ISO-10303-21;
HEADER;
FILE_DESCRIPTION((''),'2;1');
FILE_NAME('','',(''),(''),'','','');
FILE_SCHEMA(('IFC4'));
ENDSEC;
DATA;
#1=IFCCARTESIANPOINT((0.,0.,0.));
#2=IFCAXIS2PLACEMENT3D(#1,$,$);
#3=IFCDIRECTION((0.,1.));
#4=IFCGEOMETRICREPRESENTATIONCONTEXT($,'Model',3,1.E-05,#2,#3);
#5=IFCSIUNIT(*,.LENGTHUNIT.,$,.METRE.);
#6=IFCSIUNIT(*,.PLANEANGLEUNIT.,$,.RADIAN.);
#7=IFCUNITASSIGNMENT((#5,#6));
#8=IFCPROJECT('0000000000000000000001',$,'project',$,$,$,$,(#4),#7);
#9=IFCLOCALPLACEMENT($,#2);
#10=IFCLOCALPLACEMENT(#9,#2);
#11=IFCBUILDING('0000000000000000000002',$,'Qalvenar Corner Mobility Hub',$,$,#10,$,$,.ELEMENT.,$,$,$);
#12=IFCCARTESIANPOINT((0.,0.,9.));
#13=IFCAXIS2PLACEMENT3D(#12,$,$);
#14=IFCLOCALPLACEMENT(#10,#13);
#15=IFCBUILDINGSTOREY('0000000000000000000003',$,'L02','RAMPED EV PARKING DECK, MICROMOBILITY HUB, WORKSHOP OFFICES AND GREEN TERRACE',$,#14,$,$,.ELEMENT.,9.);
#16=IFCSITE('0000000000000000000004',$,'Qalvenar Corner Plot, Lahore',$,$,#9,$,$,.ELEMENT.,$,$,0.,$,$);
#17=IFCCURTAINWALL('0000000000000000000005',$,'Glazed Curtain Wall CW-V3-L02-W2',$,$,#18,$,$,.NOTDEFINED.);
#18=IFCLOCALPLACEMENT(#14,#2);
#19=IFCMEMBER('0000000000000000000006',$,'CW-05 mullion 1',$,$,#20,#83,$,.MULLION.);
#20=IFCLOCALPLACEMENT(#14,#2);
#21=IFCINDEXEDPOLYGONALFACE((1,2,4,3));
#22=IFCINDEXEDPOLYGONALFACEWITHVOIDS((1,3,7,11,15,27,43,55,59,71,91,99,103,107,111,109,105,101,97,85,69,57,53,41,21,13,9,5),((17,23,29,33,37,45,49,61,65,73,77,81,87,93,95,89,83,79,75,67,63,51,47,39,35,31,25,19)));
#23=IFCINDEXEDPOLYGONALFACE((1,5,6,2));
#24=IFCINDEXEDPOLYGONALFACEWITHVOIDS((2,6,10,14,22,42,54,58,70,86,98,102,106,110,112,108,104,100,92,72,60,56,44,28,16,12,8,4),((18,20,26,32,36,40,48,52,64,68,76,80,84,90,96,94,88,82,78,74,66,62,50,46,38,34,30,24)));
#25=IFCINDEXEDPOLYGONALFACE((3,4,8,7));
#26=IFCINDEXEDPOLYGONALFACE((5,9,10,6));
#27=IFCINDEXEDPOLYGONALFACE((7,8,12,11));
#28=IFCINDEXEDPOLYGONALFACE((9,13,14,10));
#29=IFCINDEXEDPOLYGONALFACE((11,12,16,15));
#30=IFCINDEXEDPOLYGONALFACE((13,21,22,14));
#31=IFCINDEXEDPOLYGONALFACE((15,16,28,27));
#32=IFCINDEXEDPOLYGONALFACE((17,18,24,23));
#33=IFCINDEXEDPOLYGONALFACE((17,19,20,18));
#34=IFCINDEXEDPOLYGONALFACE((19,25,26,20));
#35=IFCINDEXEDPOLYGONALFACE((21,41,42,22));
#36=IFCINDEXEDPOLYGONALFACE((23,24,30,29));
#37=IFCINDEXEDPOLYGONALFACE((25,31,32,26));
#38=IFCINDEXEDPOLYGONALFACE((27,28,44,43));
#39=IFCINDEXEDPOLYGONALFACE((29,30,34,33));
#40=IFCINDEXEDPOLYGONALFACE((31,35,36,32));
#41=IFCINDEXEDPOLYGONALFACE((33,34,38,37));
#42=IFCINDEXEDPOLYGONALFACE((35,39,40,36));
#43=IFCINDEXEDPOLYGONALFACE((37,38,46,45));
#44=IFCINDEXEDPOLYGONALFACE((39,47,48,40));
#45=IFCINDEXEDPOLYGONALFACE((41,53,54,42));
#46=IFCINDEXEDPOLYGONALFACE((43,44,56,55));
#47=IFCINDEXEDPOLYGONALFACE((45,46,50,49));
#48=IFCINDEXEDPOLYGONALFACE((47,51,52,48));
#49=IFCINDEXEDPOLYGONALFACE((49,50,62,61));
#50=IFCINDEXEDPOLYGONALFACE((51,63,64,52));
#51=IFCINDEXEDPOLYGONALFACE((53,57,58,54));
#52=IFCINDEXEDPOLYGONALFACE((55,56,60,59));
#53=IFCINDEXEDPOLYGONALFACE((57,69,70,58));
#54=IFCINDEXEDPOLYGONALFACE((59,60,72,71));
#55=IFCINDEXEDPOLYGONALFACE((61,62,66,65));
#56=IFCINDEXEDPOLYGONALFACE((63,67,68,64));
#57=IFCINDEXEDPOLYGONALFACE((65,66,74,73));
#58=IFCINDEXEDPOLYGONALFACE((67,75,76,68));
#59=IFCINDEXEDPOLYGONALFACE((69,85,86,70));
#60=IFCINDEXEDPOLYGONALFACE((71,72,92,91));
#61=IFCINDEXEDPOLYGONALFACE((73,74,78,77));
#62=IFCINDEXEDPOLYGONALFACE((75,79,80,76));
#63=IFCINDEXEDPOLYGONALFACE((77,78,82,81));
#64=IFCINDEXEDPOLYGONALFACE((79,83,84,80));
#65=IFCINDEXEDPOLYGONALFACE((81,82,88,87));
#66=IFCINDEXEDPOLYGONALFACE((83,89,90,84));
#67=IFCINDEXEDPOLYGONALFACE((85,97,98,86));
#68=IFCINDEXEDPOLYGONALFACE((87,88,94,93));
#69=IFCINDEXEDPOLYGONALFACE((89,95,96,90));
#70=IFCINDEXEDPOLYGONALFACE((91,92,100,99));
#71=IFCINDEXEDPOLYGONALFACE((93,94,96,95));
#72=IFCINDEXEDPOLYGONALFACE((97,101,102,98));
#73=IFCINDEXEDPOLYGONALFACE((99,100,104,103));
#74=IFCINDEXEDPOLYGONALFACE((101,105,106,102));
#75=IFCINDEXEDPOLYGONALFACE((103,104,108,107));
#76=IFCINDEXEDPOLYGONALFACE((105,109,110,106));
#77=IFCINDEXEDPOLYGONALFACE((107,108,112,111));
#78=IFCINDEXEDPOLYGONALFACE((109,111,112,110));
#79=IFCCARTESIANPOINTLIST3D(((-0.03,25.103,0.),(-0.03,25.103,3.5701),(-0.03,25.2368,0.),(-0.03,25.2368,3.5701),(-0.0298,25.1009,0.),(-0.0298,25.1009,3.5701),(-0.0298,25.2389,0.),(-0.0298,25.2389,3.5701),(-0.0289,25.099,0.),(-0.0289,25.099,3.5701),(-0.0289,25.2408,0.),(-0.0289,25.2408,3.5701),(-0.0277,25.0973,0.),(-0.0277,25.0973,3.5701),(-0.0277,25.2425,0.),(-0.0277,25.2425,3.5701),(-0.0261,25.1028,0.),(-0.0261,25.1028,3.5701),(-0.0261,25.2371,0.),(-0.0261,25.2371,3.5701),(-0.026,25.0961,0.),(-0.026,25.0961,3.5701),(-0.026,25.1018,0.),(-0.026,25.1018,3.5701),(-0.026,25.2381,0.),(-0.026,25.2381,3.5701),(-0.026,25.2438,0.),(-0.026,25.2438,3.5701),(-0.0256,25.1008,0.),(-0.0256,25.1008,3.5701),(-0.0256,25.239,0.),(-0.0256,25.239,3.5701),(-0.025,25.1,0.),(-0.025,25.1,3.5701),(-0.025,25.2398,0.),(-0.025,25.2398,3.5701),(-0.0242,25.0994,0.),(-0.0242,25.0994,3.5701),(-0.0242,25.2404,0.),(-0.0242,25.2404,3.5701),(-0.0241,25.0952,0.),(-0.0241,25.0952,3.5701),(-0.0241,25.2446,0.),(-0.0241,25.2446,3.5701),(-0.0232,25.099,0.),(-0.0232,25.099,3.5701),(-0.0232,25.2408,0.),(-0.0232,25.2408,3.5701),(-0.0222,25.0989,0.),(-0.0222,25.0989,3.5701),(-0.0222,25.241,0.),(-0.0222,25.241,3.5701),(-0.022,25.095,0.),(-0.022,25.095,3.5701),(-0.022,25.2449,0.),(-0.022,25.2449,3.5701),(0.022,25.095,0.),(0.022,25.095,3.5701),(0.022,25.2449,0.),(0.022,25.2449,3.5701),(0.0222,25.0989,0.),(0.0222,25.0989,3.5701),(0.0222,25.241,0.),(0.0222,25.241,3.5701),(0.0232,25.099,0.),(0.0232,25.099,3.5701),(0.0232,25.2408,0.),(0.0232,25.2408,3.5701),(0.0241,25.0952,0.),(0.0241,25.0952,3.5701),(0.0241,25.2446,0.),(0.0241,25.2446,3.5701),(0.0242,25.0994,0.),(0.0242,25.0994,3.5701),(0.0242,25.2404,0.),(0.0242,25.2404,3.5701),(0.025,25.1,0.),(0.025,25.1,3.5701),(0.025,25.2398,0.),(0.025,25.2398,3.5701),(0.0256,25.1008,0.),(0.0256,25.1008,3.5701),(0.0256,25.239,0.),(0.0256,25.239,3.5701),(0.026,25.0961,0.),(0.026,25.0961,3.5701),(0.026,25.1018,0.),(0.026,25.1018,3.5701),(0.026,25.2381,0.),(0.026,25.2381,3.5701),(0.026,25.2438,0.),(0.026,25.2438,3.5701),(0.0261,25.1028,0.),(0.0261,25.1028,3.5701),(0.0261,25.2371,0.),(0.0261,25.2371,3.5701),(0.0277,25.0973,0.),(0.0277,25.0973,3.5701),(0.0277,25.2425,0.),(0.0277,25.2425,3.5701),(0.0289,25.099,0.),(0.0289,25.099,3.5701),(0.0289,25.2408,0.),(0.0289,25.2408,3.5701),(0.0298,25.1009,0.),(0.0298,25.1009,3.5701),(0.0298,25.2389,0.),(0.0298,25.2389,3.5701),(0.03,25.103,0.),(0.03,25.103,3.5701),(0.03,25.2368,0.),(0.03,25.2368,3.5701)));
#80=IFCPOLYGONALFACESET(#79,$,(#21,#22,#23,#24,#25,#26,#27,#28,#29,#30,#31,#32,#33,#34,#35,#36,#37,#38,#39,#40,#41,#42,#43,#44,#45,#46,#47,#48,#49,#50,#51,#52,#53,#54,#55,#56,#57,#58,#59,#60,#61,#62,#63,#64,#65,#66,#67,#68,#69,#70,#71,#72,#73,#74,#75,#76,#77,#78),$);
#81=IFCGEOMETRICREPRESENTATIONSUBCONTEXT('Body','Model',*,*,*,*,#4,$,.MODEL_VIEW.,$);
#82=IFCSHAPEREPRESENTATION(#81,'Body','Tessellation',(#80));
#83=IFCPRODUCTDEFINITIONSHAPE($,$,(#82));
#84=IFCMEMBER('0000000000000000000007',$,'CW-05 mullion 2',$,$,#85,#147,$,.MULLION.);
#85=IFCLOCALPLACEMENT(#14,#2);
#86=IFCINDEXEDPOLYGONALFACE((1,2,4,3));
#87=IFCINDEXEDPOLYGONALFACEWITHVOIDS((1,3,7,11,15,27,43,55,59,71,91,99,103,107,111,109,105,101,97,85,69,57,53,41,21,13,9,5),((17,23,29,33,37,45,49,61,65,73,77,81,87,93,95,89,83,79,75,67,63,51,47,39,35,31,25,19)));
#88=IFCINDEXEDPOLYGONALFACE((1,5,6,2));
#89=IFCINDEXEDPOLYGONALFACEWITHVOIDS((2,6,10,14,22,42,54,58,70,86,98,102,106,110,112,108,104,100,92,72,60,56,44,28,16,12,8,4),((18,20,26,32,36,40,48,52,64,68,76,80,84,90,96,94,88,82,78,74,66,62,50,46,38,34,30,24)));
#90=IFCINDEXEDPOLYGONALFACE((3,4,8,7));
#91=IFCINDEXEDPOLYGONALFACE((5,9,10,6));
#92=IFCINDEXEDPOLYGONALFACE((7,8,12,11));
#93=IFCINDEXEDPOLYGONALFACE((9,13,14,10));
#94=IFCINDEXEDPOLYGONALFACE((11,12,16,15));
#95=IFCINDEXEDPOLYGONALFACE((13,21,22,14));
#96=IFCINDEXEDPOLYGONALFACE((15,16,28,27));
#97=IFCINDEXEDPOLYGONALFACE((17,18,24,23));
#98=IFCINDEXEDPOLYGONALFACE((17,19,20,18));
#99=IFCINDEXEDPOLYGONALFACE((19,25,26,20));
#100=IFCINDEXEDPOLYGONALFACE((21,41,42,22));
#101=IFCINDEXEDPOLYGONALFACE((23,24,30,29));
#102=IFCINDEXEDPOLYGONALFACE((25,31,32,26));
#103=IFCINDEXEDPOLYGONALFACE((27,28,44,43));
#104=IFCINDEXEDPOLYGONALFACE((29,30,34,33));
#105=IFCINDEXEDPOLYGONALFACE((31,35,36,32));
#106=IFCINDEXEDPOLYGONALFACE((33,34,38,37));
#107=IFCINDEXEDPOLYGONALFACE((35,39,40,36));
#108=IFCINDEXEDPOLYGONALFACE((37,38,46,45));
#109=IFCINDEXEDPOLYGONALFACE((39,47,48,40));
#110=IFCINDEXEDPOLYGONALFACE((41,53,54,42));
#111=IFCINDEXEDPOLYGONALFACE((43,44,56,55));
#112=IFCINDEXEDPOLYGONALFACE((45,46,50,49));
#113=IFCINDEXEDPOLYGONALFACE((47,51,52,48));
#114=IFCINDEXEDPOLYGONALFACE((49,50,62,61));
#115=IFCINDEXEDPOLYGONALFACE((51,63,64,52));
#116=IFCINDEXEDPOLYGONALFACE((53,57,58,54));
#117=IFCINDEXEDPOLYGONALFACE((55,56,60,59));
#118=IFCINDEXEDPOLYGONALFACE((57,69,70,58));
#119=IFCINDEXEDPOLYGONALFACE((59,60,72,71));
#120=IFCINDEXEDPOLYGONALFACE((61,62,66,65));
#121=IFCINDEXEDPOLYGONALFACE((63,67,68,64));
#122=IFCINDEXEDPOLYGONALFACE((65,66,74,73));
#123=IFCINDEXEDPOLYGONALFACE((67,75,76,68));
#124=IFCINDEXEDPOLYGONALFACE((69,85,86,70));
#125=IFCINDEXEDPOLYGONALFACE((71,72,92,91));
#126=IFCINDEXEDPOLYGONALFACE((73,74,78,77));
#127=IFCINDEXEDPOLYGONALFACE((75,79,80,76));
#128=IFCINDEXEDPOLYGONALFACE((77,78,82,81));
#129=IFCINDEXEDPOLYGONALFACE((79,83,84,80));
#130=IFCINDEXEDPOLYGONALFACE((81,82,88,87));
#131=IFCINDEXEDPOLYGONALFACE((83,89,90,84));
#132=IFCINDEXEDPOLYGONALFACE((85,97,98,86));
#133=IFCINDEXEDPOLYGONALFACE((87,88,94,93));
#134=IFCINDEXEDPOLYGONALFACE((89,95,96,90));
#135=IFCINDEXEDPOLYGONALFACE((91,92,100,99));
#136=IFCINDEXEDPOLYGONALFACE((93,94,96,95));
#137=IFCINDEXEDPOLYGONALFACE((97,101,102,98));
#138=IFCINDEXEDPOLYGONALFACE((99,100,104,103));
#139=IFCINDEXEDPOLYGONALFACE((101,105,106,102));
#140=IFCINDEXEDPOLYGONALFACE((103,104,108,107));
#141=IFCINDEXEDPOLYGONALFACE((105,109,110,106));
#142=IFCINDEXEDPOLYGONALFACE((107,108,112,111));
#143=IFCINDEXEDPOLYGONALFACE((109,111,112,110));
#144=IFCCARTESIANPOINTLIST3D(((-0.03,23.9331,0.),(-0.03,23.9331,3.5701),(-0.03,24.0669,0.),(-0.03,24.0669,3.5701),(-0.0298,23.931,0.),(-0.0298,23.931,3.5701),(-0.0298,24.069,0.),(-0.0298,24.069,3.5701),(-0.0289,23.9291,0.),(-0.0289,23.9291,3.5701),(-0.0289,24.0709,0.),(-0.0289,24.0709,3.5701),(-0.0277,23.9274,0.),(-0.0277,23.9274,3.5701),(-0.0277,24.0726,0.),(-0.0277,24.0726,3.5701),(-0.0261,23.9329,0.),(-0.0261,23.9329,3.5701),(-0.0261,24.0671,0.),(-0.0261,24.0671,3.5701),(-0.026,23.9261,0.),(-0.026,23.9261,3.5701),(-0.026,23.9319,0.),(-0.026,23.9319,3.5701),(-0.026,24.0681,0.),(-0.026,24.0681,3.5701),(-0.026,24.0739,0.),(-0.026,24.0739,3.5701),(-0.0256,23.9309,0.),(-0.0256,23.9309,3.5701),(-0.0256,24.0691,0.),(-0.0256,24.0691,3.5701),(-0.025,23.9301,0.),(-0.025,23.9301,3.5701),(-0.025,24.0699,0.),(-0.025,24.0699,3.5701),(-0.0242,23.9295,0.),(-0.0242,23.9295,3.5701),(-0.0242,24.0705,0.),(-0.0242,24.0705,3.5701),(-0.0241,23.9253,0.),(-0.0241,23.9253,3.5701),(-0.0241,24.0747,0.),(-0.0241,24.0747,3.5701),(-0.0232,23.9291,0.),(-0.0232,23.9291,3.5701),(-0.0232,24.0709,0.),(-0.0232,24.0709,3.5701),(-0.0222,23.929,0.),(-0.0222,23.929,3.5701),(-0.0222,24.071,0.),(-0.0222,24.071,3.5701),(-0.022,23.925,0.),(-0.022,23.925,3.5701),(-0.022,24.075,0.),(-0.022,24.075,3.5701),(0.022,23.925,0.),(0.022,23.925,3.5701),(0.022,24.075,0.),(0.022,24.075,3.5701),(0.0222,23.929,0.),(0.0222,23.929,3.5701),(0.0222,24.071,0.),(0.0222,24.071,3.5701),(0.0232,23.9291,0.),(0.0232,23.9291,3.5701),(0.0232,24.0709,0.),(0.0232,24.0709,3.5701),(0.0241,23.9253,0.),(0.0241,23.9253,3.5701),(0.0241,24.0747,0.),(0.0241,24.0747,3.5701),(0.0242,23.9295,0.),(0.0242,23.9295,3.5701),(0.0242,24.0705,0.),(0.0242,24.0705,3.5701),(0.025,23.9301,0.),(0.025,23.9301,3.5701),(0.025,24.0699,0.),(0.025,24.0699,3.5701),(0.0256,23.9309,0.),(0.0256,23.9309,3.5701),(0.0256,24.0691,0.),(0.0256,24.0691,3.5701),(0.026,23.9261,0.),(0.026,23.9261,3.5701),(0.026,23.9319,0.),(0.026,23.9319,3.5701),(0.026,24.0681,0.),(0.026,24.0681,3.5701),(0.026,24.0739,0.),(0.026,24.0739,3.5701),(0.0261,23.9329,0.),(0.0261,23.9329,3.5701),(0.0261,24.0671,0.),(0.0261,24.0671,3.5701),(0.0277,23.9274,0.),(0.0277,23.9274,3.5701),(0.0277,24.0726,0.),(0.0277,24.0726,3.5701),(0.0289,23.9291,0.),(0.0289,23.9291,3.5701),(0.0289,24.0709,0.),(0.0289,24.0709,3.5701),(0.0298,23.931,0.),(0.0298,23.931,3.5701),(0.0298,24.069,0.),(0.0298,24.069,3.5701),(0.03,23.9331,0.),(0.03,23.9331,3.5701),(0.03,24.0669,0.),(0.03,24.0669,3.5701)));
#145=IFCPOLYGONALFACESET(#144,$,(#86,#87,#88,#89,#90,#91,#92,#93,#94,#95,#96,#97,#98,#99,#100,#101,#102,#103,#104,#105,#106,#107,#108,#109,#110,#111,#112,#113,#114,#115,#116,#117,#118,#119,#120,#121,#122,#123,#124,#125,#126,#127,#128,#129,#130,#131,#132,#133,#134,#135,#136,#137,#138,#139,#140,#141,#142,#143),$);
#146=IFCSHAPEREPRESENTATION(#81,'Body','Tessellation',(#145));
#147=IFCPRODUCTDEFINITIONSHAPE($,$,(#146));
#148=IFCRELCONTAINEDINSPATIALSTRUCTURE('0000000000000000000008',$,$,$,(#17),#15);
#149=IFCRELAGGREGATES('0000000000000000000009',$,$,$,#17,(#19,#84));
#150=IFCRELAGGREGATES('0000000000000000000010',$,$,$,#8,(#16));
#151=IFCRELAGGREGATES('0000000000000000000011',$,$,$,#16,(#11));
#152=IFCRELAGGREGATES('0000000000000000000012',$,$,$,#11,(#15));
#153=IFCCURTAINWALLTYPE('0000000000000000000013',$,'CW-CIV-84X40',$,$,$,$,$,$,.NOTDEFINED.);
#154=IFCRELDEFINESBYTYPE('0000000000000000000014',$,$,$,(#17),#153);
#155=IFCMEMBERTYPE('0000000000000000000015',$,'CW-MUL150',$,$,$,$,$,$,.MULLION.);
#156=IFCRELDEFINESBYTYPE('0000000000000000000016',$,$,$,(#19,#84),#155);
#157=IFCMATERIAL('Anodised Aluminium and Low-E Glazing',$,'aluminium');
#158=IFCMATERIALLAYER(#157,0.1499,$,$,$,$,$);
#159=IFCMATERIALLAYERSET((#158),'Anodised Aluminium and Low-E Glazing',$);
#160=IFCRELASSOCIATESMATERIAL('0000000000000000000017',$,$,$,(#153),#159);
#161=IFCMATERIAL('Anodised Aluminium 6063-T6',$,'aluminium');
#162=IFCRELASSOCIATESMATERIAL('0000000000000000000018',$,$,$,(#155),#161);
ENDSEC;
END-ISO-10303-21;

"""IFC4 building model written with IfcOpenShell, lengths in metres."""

from ifc_helpers import new_model, si_unit, direction, frame, origin, origin_2d, place, context, subcontext, project, spatial, hollow_rectangle, extrude, material, layer, layer_set, material_profile, profile_set, type_object, element, aggregate, save


model = new_model("IFC4")

# Units and contexts
model_context = context("Model", 3, precision=1e-05, world=origin(), true_north=direction((0.0, 1.0)))
body_context = subcontext(model_context, "Body", "Model", "MODEL_VIEW")
ifc_project = project(units=[si_unit("LENGTHUNIT", "METRE"), si_unit("PLANEANGLEUNIT", "RADIAN")], contexts=[model_context])

# Site, building, storey
site_placement = place(None, origin())
site = spatial("IfcSite", under=ifc_project, at=site_placement, Name="Qalvenar Corner Plot, Lahore", CompositionType="ELEMENT", RefElevation=0.0)
building_placement = place(site_placement, origin())
building = spatial("IfcBuilding", under=site, at=building_placement, Name="Qalvenar Corner Mobility Hub", CompositionType="ELEMENT")
storey_placement = place(building_placement, frame((0.0, 0.0, 9.0)))
storey = spatial("IfcBuildingStorey", under=building, at=storey_placement, Name="L02", Description="RAMPED EV PARKING DECK, MICROMOBILITY HUB, WORKSHOP OFFICES AND GREEN TERRACE", CompositionType="ELEMENT", Elevation=9.0)

# Curtain wall, members
ifc_material_1 = material(Name="Anodised Aluminium and Low-E Glazing", Category="aluminium")
ifc_layer_1 = layer(ifc_material_1, 0.1499)
ifc_layer_set_1 = layer_set([ifc_layer_1], Name="Anodised Aluminium and Low-E Glazing")
curtain_wall_type = type_object("IfcCurtainWallType", Name="CW-CIV-84X40", PredefinedType="NOTDEFINED", material=ifc_layer_set_1)
curtain_wall_placement = place(storey_placement, origin())
curtain_wall = element("IfcCurtainWall", 1, at=curtain_wall_placement, inside=storey, type_object=curtain_wall_type, Name="Glazed Curtain Wall CW-V3-L02-W2", PredefinedType="NOTDEFINED")
ifc_material_2 = material(Name="Anodised Aluminium 6063-T6", Category="aluminium")
ifc_material_profile_1 = material_profile(ifc_material_2, hollow_rectangle(XDim=0.0601, YDim=0.1499, WallThickness=0.0039, InnerFilletRadius=0.0039, OuterFilletRadius=0.0081, at=origin_2d()), Name="RHS150x60x4")
ifc_profile_set_1 = profile_set([ifc_material_profile_1], Name="Anodised Aluminium 6063-T6")
member_type_1 = type_object("IfcMemberType", Name="CW-MUL150", PredefinedType="MULLION", material=ifc_profile_set_1)
member_1_placement = place(storey_placement, frame((0.0, 25.1699, 0.0), z_axis=(0.0, 0.0, 1.0), x_axis=(1.0, 0.0, 0.0)))
member_1 = element("IfcMember", 2, at=member_1_placement, type_object=member_type_1, Name="CW-05 mullion 1", PredefinedType="MULLION", context=body_context, shape_type="SweptSolid", body=[
    extrude(hollow_rectangle(XDim=0.0601, YDim=0.1499, WallThickness=0.0039, InnerFilletRadius=0.0039, OuterFilletRadius=0.0081, at=origin_2d()), origin(), (0.0, 0.0, 1.0), 3.5701),
])
member_2_placement = place(storey_placement, frame((0.0, 24.0, 0.0), z_axis=(0.0, 0.0, 1.0), x_axis=(1.0, 0.0, 0.0)))
member_2 = element("IfcMember", 3, at=member_2_placement, type_object=member_type_1, Name="CW-05 mullion 2", PredefinedType="MULLION", context=body_context, shape_type="SweptSolid", body=[
    extrude(hollow_rectangle(XDim=0.0601, YDim=0.1499, WallThickness=0.0039, InnerFilletRadius=0.0039, OuterFilletRadius=0.0081, at=origin_2d()), origin(), (0.0, 0.0, 1.0), 3.5701),
])
aggregate(curtain_wall, [member_1, member_2])

save(model, "model.ifc")
